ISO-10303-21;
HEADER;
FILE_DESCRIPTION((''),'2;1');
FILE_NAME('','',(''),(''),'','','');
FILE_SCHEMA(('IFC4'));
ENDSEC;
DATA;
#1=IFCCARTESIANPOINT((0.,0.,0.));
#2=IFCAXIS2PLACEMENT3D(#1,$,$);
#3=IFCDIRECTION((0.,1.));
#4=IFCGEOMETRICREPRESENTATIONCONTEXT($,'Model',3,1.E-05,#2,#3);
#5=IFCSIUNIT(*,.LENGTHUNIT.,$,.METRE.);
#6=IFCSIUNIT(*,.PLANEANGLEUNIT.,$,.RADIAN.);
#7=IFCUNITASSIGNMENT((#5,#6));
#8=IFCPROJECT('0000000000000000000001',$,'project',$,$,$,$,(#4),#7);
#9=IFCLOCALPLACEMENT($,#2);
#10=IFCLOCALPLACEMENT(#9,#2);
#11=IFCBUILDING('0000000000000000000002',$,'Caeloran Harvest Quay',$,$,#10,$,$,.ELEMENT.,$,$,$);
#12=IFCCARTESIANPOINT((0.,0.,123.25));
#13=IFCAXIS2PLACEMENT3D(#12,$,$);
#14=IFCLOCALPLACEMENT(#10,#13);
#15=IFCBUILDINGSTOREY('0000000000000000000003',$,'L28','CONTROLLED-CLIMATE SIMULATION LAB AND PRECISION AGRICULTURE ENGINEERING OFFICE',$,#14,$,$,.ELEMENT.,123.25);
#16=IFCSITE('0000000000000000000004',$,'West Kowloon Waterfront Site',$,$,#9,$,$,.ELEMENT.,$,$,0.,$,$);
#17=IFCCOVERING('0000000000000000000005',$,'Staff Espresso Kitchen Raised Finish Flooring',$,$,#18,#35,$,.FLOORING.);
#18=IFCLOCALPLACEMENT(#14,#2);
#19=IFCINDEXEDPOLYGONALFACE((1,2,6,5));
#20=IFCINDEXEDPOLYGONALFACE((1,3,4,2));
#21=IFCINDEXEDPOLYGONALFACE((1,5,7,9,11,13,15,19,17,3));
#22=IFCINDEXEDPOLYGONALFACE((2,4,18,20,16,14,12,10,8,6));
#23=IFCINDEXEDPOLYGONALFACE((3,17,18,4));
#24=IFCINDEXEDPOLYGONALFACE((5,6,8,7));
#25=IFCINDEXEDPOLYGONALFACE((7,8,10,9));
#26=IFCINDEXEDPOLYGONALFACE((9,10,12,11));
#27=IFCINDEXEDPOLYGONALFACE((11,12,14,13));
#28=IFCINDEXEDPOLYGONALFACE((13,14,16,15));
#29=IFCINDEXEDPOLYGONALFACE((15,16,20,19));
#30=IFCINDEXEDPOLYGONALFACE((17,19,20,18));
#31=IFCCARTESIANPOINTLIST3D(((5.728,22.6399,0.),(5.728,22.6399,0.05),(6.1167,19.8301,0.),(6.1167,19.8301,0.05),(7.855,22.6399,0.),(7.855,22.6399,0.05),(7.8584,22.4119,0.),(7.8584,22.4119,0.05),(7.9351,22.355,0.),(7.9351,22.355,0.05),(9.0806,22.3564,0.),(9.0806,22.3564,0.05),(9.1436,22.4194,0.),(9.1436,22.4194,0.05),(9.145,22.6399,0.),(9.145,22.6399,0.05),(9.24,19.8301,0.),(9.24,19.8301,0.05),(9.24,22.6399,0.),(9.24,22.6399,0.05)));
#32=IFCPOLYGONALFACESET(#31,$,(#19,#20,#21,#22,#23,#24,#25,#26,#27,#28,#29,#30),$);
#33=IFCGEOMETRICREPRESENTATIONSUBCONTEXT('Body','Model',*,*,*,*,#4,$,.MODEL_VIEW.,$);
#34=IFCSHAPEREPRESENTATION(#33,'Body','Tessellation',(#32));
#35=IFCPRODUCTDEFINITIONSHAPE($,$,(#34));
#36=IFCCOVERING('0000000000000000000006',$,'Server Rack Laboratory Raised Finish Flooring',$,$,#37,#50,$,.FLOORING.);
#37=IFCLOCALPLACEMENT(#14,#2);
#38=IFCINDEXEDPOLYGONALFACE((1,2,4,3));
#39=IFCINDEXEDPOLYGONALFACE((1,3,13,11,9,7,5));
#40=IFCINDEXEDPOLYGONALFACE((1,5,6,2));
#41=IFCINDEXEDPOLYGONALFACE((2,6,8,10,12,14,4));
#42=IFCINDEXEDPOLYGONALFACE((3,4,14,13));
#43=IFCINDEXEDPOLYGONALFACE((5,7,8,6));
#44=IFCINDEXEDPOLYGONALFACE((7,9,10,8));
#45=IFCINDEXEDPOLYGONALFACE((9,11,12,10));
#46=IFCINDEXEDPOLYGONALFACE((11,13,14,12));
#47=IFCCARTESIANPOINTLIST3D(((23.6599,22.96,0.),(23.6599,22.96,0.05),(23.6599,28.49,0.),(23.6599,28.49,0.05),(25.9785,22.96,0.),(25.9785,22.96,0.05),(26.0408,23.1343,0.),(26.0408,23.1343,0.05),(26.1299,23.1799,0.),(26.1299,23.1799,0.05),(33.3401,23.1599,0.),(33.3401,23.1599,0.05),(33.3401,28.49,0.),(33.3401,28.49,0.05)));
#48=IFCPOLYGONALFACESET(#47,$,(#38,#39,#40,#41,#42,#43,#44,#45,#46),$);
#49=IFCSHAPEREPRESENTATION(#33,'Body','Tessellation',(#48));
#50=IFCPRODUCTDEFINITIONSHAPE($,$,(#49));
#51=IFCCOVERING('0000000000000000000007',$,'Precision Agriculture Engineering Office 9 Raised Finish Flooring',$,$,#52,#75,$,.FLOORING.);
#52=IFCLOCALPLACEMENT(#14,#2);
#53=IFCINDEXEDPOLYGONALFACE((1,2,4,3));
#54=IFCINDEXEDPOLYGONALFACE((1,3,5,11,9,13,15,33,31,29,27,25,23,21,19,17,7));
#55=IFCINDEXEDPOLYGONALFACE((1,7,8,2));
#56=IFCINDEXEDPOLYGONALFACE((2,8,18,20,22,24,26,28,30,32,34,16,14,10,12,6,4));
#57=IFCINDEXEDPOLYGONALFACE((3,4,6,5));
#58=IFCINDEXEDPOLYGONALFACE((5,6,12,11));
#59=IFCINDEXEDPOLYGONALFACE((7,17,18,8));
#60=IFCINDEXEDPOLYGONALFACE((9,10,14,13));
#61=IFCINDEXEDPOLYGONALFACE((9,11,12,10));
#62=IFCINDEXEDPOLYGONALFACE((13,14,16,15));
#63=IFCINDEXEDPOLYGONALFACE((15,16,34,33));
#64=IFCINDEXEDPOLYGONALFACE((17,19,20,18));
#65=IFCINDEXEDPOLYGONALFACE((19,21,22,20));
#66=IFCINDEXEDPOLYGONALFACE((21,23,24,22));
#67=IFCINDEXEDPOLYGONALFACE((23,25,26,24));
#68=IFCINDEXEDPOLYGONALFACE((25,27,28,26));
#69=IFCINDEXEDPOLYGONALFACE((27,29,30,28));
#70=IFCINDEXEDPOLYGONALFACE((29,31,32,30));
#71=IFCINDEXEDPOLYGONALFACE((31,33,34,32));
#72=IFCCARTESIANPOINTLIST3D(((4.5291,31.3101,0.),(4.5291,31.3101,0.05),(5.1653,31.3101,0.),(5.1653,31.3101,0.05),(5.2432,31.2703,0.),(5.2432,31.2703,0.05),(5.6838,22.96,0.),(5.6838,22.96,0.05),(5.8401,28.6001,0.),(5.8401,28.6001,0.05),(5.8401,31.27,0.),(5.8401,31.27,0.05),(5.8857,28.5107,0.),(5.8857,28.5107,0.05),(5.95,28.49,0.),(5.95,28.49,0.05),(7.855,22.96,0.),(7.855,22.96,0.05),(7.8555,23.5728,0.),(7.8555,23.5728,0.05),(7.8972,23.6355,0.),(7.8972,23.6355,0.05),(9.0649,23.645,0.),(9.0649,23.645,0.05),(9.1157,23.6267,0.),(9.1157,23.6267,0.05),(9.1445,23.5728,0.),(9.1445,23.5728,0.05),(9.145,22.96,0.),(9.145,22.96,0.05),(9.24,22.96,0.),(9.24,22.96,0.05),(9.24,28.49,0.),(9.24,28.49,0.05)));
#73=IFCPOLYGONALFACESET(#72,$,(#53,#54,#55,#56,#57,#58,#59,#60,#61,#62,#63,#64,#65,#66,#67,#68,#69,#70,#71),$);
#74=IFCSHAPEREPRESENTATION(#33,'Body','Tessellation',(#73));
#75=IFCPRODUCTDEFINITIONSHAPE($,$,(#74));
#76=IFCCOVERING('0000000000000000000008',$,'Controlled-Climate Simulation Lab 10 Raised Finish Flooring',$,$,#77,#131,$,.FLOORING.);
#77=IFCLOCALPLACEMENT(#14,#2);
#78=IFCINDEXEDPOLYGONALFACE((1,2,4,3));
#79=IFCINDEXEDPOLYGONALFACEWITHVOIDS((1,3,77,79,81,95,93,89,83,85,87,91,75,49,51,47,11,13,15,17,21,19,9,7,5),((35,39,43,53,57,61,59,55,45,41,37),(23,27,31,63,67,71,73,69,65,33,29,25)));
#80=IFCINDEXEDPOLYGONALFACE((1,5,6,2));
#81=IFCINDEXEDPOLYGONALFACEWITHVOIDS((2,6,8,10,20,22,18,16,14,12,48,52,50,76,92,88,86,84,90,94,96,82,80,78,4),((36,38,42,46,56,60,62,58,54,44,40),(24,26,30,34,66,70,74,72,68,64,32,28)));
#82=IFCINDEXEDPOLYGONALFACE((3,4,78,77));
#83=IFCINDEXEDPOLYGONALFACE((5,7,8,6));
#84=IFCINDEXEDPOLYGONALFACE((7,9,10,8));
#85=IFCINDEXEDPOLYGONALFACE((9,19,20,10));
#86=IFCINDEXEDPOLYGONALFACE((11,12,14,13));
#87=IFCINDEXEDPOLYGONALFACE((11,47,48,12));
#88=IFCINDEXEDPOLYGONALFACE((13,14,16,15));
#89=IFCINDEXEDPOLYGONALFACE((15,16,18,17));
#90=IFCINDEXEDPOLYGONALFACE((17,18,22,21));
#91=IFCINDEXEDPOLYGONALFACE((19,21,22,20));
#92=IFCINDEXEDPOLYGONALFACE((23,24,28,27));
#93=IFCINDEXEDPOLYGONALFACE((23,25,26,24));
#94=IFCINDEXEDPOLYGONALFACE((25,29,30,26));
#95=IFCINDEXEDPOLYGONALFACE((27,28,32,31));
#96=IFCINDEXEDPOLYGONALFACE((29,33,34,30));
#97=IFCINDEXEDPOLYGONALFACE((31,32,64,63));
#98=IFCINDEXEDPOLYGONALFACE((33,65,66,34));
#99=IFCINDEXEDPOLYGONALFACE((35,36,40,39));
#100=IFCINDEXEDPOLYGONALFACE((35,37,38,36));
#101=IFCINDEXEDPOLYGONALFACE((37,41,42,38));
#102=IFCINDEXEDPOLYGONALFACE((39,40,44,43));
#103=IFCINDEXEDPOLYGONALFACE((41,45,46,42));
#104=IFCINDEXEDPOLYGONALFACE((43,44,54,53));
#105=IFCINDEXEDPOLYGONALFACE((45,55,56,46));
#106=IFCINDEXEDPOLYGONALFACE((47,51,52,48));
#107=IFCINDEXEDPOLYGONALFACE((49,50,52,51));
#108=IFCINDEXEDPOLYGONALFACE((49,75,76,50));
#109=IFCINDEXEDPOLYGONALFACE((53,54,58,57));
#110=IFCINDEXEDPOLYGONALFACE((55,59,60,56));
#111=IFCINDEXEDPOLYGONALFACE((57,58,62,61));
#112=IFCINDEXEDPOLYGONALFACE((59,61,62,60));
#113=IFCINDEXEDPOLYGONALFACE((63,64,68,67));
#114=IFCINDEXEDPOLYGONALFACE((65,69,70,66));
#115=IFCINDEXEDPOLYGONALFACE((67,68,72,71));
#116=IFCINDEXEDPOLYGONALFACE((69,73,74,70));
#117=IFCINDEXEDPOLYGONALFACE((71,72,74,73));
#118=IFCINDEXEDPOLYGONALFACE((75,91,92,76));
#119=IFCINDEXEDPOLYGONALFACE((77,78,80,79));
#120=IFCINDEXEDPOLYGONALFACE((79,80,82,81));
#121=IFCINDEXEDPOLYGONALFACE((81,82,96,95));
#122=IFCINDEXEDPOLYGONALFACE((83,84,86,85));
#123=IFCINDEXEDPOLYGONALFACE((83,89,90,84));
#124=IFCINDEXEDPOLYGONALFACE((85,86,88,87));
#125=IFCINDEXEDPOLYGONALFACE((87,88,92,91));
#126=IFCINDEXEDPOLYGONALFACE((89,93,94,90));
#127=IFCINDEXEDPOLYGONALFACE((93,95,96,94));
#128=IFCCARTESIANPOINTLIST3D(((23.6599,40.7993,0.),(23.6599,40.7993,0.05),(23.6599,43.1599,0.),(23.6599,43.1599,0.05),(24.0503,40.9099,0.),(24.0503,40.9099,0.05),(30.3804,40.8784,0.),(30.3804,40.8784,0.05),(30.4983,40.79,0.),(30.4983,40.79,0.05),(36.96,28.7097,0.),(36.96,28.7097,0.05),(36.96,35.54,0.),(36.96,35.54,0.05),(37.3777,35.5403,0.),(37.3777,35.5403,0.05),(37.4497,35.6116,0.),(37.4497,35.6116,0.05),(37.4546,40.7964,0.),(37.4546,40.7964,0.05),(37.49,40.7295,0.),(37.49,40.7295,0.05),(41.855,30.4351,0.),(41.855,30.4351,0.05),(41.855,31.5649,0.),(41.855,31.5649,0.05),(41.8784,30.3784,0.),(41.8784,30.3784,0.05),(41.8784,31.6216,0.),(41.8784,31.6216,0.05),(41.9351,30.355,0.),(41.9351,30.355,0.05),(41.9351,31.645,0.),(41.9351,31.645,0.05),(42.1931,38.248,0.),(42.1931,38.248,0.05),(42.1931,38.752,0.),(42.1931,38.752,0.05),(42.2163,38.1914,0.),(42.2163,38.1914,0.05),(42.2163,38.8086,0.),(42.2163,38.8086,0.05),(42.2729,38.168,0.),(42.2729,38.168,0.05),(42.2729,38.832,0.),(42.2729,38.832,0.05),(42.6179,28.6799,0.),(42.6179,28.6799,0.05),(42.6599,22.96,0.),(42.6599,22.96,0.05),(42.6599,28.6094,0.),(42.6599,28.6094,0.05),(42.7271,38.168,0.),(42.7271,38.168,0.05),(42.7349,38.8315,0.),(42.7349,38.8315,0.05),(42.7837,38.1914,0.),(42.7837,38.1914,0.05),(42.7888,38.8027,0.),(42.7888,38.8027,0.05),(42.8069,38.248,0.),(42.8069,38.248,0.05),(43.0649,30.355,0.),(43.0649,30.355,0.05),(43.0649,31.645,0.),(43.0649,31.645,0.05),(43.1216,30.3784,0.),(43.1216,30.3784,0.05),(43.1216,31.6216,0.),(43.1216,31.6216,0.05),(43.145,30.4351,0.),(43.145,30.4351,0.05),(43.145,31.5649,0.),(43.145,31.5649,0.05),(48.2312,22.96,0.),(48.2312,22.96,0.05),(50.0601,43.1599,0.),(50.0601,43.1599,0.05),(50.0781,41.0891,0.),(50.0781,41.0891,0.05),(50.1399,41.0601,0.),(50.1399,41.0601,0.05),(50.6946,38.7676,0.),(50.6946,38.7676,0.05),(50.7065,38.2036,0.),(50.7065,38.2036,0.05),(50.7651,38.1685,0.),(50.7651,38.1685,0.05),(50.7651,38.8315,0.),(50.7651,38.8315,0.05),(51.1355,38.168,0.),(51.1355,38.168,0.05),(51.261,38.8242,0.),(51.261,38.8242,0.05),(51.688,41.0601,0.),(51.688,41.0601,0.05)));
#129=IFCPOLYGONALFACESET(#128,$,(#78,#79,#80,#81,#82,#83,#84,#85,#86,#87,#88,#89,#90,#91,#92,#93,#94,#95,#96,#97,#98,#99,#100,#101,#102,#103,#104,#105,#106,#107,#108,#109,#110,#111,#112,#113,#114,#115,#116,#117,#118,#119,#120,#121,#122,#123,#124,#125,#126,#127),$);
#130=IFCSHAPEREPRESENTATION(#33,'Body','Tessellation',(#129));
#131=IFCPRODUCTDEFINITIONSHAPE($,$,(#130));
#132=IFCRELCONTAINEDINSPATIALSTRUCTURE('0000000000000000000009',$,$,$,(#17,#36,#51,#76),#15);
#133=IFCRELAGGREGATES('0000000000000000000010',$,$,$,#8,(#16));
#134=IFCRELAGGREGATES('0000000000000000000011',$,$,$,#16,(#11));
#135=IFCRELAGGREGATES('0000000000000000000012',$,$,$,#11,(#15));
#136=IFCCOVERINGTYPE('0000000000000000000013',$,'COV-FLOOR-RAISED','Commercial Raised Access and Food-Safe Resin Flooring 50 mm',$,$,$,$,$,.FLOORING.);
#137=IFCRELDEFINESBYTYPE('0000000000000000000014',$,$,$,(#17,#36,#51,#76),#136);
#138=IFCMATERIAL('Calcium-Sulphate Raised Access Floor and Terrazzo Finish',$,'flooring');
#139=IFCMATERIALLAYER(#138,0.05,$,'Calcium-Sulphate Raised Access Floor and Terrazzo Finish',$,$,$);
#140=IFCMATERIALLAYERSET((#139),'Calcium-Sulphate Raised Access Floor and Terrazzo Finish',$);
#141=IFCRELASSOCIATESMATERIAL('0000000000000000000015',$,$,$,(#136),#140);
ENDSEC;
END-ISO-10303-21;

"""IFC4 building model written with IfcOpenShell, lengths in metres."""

from ifc_helpers import new_model, si_unit, direction, frame, origin, place, context, subcontext, project, spatial, polyline, outline, extrude, material, layer, layer_set, type_object, element, save


model = new_model("IFC4")

# Units and contexts
model_context = context("Model", 3, precision=1e-05, world=origin(), true_north=direction((0.0, 1.0)))
body_context = subcontext(model_context, "Body", "Model", "MODEL_VIEW")
ifc_project = project(units=[si_unit("LENGTHUNIT", "METRE"), si_unit("PLANEANGLEUNIT", "RADIAN")], contexts=[model_context])

# Site, building, storey
site_placement = place(None, origin())
site = spatial("IfcSite", under=ifc_project, at=site_placement, Name="West Kowloon Waterfront Site", CompositionType="ELEMENT", RefElevation=0.0)
building_placement = place(site_placement, origin())
building = spatial("IfcBuilding", under=site, at=building_placement, Name="Caeloran Harvest Quay", CompositionType="ELEMENT")
storey_placement = place(building_placement, frame((0.0, 0.0, 123.25)))
storey = spatial("IfcBuildingStorey", under=building, at=storey_placement, Name="L28", Description="CONTROLLED-CLIMATE SIMULATION LAB AND PRECISION AGRICULTURE ENGINEERING OFFICE", CompositionType="ELEMENT", Elevation=123.25)

# Coverings
ifc_material_1 = material(Name="Calcium-Sulphate Raised Access Floor and Terrazzo Finish", Category="flooring")
ifc_layer_1 = layer(ifc_material_1, 0.05, Name="Calcium-Sulphate Raised Access Floor and Terrazzo Finish")
ifc_layer_set_1 = layer_set([ifc_layer_1], Name="Calcium-Sulphate Raised Access Floor and Terrazzo Finish")
covering_type_1 = type_object("IfcCoveringType", Name="COV-FLOOR-RAISED", Description="Commercial Raised Access and Food-Safe Resin Flooring 50 mm", PredefinedType="FLOORING", material=ifc_layer_set_1)
covering_1_placement = place(storey_placement, origin())
element("IfcCovering", 1, at=covering_1_placement, inside=storey, type_object=covering_type_1, Name="Staff Espresso Kitchen Raised Finish Flooring", PredefinedType="FLOORING", context=body_context, shape_type="SweptSolid", body=[
    extrude(outline(polyline([(7.855, 22.6399), (7.8584, 22.4119), (7.9351, 22.355), (9.0806, 22.3564), (9.1436, 22.4194), (9.145, 22.6399), (9.24, 22.6399), (9.24, 19.8301), (6.1167, 19.8301), (5.728, 22.6399), (7.855, 22.6399)])), origin(), (0.0, 0.0, 1.0), 0.05),
])
covering_2_placement = place(storey_placement, origin())
element("IfcCovering", 2, at=covering_2_placement, inside=storey, type_object=covering_type_1, Name="Server Rack Laboratory Raised Finish Flooring", PredefinedType="FLOORING", context=body_context, shape_type="SweptSolid", body=[
    extrude(outline(polyline([(33.3401, 23.1599), (26.1299, 23.1799), (26.0408, 23.1343), (25.9785, 22.96), (23.6599, 22.96), (23.6599, 28.49), (33.3401, 28.49), (33.3401, 23.1599)])), origin(), (0.0, 0.0, 1.0), 0.05),
])
covering_3_placement = place(storey_placement, origin())
element("IfcCovering", 3, at=covering_3_placement, inside=storey, type_object=covering_type_1, Name="Precision Agriculture Engineering Office 9 Raised Finish Flooring", PredefinedType="FLOORING", context=body_context, shape_type="SweptSolid", body=[
    extrude(outline(polyline([(5.1653, 31.3101), (5.2432, 31.2703), (5.8401, 31.27), (5.8401, 28.6001), (5.8857, 28.5107), (5.95, 28.49), (9.24, 28.49), (9.24, 22.96), (9.145, 22.96), (9.1445, 23.5728), (9.1157, 23.6267), (9.0649, 23.645), (7.8972, 23.6355), (7.8555, 23.5728), (7.855, 22.96), (5.6838, 22.96), (4.5291, 31.3101), (5.1653, 31.3101)])), origin(), (0.0, 0.0, 1.0), 0.05),
])
covering_4_placement = place(storey_placement, origin())
element("IfcCovering", 4, at=covering_4_placement, inside=storey, type_object=covering_type_1, Name="Controlled-Climate Simulation Lab 10 Raised Finish Flooring", PredefinedType="FLOORING", context=body_context, shape_type="SweptSolid", body=[
    extrude(outline(polyline([(23.6599, 40.7993), (23.6599, 43.1599), (50.0601, 43.1599), (50.0781, 41.0891), (50.1399, 41.0601), (51.688, 41.0601), (51.261, 38.8242), (50.7651, 38.8315), (50.6946, 38.7676), (50.7065, 38.2036), (50.7651, 38.1685), (51.1355, 38.168), (48.2312, 22.96), (42.6599, 22.96), (42.6599, 28.6094), (42.6179, 28.6799), (36.96, 28.7097), (36.96, 35.54), (37.3777, 35.5403), (37.4497, 35.6116), (37.49, 40.7295), (37.4546, 40.7964), (30.4983, 40.79), (30.3804, 40.8784), (24.0503, 40.9099), (23.6599, 40.7993)]), holes=[polyline([(41.9351, 31.645), (41.8784, 31.6216), (41.855, 31.5649), (41.855, 30.4351), (41.8784, 30.3784), (41.9351, 30.355), (43.0649, 30.355), (43.1216, 30.3784), (43.145, 30.4351), (43.145, 31.5649), (43.1216, 31.6216), (43.0649, 31.645), (41.9351, 31.645)]), polyline([(42.8069, 38.248), (42.7888, 38.8027), (42.7349, 38.8315), (42.2729, 38.832), (42.2163, 38.8086), (42.1931, 38.752), (42.1931, 38.248), (42.2163, 38.1914), (42.2729, 38.168), (42.7271, 38.168), (42.7837, 38.1914), (42.8069, 38.248)])]), origin(), (0.0, 0.0, 1.0), 0.05),
])

save(model, "model.ifc")
